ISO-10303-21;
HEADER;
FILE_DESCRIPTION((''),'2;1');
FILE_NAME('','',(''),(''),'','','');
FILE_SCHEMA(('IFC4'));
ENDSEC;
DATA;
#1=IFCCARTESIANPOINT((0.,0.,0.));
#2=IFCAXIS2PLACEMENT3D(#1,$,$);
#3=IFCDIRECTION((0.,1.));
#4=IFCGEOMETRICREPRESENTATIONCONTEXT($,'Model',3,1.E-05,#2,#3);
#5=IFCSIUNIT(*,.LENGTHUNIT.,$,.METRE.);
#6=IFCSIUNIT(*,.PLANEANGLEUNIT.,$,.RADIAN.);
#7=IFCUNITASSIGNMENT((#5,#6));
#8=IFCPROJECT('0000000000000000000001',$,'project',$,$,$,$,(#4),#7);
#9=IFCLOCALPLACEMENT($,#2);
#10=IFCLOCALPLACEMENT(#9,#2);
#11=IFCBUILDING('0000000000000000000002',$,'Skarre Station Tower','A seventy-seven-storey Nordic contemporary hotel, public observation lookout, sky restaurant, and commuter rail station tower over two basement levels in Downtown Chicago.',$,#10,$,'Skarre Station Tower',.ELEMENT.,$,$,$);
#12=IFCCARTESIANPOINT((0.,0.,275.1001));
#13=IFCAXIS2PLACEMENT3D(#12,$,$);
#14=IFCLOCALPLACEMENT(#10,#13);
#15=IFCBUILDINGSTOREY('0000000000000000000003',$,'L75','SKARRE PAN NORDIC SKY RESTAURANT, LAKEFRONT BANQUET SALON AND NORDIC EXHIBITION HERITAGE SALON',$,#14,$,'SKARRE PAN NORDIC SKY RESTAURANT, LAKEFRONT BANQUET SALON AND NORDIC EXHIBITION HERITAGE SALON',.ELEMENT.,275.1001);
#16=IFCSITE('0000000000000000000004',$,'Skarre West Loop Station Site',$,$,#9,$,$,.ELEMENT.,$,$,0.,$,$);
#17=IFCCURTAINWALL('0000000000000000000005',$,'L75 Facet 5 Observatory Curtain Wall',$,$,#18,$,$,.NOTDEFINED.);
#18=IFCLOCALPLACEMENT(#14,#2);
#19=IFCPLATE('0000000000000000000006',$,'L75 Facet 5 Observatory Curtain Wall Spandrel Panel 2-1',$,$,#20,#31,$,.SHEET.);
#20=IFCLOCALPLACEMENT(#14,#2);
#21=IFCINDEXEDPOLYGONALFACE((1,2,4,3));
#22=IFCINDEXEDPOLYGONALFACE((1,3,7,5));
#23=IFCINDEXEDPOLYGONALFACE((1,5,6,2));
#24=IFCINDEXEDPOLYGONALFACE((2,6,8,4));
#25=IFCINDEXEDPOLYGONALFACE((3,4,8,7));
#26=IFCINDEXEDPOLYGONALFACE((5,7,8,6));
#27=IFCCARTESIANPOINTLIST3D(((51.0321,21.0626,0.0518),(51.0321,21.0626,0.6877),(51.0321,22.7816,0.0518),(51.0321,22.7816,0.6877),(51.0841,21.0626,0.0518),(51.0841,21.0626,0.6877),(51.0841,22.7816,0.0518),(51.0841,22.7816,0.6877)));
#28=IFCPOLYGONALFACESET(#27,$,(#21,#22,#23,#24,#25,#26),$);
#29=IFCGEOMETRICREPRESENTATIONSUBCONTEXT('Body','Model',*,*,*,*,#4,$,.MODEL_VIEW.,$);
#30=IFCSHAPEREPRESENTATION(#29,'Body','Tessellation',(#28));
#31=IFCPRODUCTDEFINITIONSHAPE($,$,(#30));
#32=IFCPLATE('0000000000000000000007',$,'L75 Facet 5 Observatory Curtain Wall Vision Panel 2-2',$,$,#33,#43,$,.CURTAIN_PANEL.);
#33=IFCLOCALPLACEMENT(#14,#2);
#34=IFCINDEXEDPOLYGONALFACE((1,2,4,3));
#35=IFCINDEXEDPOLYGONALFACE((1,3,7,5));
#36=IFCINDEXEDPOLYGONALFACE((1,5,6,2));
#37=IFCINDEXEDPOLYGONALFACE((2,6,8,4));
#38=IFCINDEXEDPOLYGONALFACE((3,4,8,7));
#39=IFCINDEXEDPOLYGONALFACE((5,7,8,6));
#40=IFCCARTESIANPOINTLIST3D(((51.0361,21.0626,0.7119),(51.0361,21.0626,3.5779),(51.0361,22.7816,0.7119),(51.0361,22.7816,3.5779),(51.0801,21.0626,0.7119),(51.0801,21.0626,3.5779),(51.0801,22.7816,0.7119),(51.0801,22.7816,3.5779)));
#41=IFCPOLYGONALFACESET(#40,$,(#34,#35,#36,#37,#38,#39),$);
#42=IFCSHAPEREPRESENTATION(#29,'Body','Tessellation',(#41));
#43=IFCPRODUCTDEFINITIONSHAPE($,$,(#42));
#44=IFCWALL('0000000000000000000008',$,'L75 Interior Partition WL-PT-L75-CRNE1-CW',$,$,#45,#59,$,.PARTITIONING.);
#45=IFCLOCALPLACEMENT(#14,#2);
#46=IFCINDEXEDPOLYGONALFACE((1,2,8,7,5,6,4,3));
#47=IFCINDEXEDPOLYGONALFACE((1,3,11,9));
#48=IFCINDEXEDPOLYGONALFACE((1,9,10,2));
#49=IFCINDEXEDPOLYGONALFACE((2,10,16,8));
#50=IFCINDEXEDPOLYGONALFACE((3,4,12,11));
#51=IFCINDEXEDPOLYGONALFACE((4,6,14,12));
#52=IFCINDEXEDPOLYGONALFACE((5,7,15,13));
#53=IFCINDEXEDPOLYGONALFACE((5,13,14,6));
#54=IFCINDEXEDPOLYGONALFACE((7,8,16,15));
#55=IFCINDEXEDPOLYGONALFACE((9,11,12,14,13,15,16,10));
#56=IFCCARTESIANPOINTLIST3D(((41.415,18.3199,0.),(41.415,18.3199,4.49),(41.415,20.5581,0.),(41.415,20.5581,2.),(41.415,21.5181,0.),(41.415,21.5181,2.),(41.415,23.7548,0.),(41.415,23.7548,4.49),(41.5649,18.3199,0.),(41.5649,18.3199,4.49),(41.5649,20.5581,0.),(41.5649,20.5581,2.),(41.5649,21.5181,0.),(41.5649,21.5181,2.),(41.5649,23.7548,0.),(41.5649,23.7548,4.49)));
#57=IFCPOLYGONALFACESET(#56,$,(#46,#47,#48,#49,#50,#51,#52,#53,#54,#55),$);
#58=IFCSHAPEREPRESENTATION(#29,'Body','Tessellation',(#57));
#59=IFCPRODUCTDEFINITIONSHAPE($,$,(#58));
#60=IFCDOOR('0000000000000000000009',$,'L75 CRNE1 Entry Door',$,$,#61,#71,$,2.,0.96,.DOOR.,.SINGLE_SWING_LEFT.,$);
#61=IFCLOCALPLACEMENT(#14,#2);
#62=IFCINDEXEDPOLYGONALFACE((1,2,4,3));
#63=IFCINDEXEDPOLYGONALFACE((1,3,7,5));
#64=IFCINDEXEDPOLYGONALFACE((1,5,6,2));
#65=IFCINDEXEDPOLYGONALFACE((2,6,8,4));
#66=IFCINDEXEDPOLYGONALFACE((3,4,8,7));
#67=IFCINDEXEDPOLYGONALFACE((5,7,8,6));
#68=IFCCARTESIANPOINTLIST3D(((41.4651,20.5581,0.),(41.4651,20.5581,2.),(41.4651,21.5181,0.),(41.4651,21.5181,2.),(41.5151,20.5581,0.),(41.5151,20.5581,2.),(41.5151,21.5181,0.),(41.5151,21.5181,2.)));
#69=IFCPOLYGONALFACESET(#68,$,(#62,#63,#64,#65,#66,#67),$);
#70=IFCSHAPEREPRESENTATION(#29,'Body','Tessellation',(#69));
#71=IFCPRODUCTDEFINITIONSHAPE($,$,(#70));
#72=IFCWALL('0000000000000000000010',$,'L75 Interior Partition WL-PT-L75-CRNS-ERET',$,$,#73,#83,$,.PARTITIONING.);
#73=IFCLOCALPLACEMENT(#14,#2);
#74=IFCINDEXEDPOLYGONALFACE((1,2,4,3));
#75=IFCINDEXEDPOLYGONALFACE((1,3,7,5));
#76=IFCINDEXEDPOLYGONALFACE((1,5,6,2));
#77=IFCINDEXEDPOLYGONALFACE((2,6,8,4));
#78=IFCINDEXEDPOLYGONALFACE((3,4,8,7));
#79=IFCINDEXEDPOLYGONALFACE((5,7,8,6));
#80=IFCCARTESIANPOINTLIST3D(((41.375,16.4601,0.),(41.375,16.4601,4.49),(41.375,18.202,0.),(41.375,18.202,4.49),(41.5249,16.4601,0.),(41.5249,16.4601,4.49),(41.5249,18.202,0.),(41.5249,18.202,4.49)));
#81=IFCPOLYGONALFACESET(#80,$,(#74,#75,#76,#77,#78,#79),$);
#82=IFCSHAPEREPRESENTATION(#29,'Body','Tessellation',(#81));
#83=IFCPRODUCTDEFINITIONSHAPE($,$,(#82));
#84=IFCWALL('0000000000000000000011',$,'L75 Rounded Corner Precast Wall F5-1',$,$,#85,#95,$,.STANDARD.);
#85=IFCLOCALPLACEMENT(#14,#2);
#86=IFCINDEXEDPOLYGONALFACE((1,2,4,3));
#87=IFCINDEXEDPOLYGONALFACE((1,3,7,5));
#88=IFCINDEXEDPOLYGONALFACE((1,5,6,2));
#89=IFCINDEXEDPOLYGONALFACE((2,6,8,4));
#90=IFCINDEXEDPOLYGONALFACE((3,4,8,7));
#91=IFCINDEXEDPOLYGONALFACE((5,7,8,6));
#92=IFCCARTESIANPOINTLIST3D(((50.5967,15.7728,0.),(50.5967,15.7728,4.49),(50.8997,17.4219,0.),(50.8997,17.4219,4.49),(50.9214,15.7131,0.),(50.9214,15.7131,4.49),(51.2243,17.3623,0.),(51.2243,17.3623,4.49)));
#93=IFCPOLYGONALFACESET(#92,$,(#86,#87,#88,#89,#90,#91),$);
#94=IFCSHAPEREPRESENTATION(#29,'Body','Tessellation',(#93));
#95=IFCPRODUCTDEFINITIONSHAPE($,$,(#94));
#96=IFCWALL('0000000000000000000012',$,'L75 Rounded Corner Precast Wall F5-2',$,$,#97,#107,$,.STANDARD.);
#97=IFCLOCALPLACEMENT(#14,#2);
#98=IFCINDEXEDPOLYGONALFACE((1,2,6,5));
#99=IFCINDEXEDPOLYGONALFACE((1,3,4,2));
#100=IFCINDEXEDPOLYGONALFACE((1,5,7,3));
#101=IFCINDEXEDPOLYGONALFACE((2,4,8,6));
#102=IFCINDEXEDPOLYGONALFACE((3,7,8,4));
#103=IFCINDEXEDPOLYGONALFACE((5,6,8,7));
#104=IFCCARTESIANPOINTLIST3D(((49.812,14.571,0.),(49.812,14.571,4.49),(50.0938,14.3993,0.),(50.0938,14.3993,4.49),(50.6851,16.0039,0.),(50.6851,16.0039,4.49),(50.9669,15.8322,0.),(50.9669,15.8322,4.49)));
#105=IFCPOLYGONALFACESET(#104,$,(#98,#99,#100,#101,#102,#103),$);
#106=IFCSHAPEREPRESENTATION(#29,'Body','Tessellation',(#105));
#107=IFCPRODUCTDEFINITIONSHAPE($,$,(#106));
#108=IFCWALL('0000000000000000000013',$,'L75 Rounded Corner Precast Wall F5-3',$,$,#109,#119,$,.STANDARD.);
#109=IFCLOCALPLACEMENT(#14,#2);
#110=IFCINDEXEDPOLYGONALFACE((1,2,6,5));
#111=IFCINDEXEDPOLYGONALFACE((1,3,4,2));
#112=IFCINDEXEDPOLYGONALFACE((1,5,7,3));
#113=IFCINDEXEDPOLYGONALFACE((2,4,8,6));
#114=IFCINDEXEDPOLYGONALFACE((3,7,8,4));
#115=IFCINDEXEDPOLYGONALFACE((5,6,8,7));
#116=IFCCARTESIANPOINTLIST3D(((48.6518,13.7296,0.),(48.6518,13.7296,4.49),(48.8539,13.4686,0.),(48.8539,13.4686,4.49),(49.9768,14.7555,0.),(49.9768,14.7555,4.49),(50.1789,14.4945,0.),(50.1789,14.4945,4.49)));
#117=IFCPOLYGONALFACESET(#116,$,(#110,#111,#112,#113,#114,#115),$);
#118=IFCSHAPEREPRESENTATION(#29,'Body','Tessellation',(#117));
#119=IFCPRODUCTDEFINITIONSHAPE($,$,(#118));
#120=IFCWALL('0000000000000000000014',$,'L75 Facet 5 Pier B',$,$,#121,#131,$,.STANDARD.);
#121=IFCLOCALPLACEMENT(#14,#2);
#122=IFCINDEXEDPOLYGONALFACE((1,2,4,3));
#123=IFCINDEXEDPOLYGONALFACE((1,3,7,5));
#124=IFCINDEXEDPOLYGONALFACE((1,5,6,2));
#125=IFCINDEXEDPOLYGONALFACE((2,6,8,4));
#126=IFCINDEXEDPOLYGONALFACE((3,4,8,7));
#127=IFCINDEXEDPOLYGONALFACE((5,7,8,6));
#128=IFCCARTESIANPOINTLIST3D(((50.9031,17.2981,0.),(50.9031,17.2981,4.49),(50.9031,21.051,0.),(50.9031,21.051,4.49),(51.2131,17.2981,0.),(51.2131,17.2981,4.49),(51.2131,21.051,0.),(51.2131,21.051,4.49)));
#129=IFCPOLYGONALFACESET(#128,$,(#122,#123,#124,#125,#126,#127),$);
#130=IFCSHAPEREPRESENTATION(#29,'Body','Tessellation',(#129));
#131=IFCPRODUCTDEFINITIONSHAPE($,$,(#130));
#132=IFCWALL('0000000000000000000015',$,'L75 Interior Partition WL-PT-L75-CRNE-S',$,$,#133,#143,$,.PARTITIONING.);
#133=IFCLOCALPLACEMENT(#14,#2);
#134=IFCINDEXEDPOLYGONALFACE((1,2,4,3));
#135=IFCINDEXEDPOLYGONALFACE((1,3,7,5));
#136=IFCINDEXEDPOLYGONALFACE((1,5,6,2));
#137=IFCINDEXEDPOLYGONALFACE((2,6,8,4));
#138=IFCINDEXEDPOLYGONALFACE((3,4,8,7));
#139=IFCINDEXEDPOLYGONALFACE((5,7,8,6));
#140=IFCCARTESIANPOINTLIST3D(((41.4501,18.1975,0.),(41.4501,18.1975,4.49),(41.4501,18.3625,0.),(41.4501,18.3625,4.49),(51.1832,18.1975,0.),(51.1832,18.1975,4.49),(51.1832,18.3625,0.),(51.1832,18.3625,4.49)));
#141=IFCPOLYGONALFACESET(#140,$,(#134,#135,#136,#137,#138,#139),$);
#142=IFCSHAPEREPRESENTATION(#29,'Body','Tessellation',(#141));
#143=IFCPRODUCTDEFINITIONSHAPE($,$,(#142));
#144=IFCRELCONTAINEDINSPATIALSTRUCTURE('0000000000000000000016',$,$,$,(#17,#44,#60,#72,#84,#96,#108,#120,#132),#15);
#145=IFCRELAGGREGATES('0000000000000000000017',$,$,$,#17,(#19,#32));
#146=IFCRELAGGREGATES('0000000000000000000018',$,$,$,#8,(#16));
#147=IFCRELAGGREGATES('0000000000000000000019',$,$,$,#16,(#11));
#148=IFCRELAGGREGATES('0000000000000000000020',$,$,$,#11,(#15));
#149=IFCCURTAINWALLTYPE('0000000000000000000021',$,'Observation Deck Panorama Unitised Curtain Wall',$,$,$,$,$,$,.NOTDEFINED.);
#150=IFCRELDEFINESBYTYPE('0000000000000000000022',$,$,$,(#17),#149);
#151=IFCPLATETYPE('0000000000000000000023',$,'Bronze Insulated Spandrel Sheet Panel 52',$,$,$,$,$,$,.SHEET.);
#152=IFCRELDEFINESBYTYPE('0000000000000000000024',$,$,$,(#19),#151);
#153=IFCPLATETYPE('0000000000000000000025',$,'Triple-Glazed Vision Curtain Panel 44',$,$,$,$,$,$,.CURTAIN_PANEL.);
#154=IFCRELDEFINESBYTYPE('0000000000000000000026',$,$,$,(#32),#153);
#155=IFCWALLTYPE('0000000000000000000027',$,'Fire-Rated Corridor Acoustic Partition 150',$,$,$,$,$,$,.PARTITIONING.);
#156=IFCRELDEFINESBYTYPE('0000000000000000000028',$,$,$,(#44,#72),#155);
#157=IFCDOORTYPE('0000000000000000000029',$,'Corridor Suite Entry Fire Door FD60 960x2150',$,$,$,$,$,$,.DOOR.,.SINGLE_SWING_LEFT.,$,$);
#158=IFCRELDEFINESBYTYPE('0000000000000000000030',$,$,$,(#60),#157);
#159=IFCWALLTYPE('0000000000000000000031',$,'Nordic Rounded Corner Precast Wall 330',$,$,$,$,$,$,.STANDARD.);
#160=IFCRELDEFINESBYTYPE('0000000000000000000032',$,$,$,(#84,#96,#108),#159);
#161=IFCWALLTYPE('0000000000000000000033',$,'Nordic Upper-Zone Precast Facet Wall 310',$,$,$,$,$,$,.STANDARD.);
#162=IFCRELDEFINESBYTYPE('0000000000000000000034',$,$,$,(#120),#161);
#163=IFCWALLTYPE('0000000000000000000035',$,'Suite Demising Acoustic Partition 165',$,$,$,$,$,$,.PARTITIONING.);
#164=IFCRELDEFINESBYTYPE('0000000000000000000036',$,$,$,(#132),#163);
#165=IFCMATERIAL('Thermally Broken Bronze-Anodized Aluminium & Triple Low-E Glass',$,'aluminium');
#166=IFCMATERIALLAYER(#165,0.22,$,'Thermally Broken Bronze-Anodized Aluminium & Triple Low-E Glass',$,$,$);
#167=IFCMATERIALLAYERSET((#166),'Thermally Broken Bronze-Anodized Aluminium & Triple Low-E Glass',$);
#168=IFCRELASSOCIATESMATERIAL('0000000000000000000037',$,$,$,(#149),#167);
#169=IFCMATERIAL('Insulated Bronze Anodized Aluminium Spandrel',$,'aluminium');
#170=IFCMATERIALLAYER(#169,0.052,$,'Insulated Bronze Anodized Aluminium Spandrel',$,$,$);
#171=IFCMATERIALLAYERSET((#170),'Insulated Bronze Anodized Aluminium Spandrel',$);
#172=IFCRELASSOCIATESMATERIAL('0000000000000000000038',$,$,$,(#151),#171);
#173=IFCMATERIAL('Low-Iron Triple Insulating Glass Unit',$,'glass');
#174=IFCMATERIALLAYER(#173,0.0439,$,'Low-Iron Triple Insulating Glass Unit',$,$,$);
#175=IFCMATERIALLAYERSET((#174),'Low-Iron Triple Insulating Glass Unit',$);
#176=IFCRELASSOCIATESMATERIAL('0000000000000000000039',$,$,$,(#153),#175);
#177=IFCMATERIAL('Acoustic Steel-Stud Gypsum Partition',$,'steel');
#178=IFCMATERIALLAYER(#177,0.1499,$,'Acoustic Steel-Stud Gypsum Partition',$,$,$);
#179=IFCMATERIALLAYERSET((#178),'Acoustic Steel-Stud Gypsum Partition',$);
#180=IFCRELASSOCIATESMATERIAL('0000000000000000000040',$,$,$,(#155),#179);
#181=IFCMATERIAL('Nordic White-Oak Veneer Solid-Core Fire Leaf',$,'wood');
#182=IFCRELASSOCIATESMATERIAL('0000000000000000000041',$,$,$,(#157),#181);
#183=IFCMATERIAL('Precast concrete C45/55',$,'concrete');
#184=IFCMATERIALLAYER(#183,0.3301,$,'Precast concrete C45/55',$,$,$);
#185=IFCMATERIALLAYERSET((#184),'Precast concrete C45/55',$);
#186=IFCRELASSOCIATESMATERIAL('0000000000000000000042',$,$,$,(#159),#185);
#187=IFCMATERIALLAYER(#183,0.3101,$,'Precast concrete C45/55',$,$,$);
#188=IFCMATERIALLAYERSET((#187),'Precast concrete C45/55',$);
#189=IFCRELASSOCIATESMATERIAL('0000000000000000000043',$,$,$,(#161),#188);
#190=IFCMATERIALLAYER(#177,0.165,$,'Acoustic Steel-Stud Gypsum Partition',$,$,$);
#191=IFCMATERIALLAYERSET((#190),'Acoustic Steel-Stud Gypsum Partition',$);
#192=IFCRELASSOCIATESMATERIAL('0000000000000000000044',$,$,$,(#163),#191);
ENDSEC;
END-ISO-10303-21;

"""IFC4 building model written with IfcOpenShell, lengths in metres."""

from ifc_helpers import new_model, si_unit, direction, frame, frame_2d, origin, origin_2d, place, context, subcontext, project, spatial, rectangle, extrude, material, layer, layer_set, type_object, element, fill, aggregate, save


model = new_model("IFC4")

# Units and contexts
model_context = context("Model", 3, precision=1e-05, world=origin(), true_north=direction((0.0, 1.0)))
body_context = subcontext(model_context, "Body", "Model", "MODEL_VIEW")
ifc_project = project(units=[si_unit("LENGTHUNIT", "METRE"), si_unit("PLANEANGLEUNIT", "RADIAN")], contexts=[model_context])

# Site, building, storey
site_placement = place(None, origin())
site = spatial("IfcSite", under=ifc_project, at=site_placement, Name="Skarre West Loop Station Site", CompositionType="ELEMENT", RefElevation=0.0)
building_placement = place(site_placement, origin())
building = spatial("IfcBuilding", under=site, at=building_placement, Name="Skarre Station Tower", Description="A seventy-seven-storey Nordic contemporary hotel, public observation lookout, sky restaurant, and commuter rail station tower over two basement levels in Downtown Chicago.", LongName="Skarre Station Tower", CompositionType="ELEMENT")
storey_placement = place(building_placement, frame((0.0, 0.0, 275.1001)))
storey = spatial("IfcBuildingStorey", under=building, at=storey_placement, Name="L75", Description="SKARRE PAN NORDIC SKY RESTAURANT, LAKEFRONT BANQUET SALON AND NORDIC EXHIBITION HERITAGE SALON", LongName="SKARRE PAN NORDIC SKY RESTAURANT, LAKEFRONT BANQUET SALON AND NORDIC EXHIBITION HERITAGE SALON", CompositionType="ELEMENT", Elevation=275.1001)

# Curtain wall
ifc_material_1 = material(Name="Thermally Broken Bronze-Anodized Aluminium & Triple Low-E Glass", Category="aluminium")
ifc_layer_1 = layer(ifc_material_1, 0.22, Name="Thermally Broken Bronze-Anodized Aluminium & Triple Low-E Glass")
ifc_layer_set_1 = layer_set([ifc_layer_1], Name="Thermally Broken Bronze-Anodized Aluminium & Triple Low-E Glass")
curtain_wall_type = type_object("IfcCurtainWallType", Name="Observation Deck Panorama Unitised Curtain Wall", PredefinedType="NOTDEFINED", material=ifc_layer_set_1)
curtain_wall_placement = place(storey_placement, origin())
curtain_wall = element("IfcCurtainWall", 1, at=curtain_wall_placement, inside=storey, type_object=curtain_wall_type, Name="L75 Facet 5 Observatory Curtain Wall", PredefinedType="NOTDEFINED")

# Plates
ifc_material_2 = material(Name="Insulated Bronze Anodized Aluminium Spandrel", Category="aluminium")
ifc_layer_2 = layer(ifc_material_2, 0.052, Name="Insulated Bronze Anodized Aluminium Spandrel")
ifc_layer_set_2 = layer_set([ifc_layer_2], Name="Insulated Bronze Anodized Aluminium Spandrel")
plate_type_1 = type_object("IfcPlateType", Name="Bronze Insulated Spandrel Sheet Panel 52", PredefinedType="SHEET", material=ifc_layer_set_2)
plate_1_placement = place(storey_placement, frame((51.0581, 21.9221, 0.0518), z_axis=(0.0, 0.0, 1.0), x_axis=(0.0, -1.0, 0.0)))
plate_1 = element("IfcPlate", 2, at=plate_1_placement, type_object=plate_type_1, Name="L75 Facet 5 Observatory Curtain Wall Spandrel Panel 2-1", PredefinedType="SHEET", context=body_context, shape_type="SweptSolid", body=[
    extrude(rectangle(XDim=1.719, YDim=0.052, at=origin_2d()), origin(), (0.0, 0.0, 1.0), 0.636),
])
ifc_material_3 = material(Name="Low-Iron Triple Insulating Glass Unit", Category="glass")
ifc_layer_3 = layer(ifc_material_3, 0.0439, Name="Low-Iron Triple Insulating Glass Unit")
ifc_layer_set_3 = layer_set([ifc_layer_3], Name="Low-Iron Triple Insulating Glass Unit")
plate_type_2 = type_object("IfcPlateType", Name="Triple-Glazed Vision Curtain Panel 44", PredefinedType="CURTAIN_PANEL", material=ifc_layer_set_3)
plate_2_placement = place(storey_placement, frame((51.0581, 21.9221, 0.7119), z_axis=(0.0, 0.0, 1.0), x_axis=(0.0, -1.0, 0.0)))
plate_2 = element("IfcPlate", 3, at=plate_2_placement, type_object=plate_type_2, Name="L75 Facet 5 Observatory Curtain Wall Vision Panel 2-2", PredefinedType="CURTAIN_PANEL", context=body_context, shape_type="SweptSolid", body=[
    extrude(rectangle(XDim=1.719, YDim=0.0439, at=origin_2d()), origin(), (0.0, 0.0, 1.0), 2.866),
])
aggregate(curtain_wall, [plate_1, plate_2])

# Wall, opening, door
ifc_material_4 = material(Name="Acoustic Steel-Stud Gypsum Partition", Category="steel")
ifc_layer_4 = layer(ifc_material_4, 0.1499, Name="Acoustic Steel-Stud Gypsum Partition")
ifc_layer_set_4 = layer_set([ifc_layer_4], Name="Acoustic Steel-Stud Gypsum Partition")
wall_type_1 = type_object("IfcWallType", Name="Fire-Rated Corridor Acoustic Partition 150", PredefinedType="PARTITIONING", material=ifc_layer_set_4)
wall_1_placement = place(storey_placement, frame((41.49, 18.3201, 0.0), z_axis=(0.0, 0.0, 1.0), x_axis=(0.0, 1.0, 0.0)))
wall_1 = element("IfcWall", 4, at=wall_1_placement, inside=storey, type_object=wall_type_1, Name="L75 Interior Partition WL-PT-L75-CRNE1-CW", PredefinedType="PARTITIONING", context=body_context, shape_type="SweptSolid", body=[
    extrude(rectangle(XDim=5.4348, YDim=0.1499, at=frame_2d((2.7173, 0.0))), origin(), (0.0, 0.0, 1.0), 4.49),
])
opening_placement = place(wall_1_placement, frame((2.238, 0.0, 0.0)))
opening = element("IfcOpeningElement", 5, at=opening_placement, cuts=wall_1, PredefinedType="OPENING", context=body_context, shape_type="SweptSolid", body=[
    extrude(rectangle(XDim=0.96, YDim=2.0, at=frame_2d((0.48, 1.0))), frame((0.0, 0.085, 0.0), z_axis=(0.0, -1.0, 0.0), x_axis=(1.0, 0.0, 0.0)), (0.0, 0.0, 1.0), 0.1699),
])
ifc_material_5 = material(Name="Nordic White-Oak Veneer Solid-Core Fire Leaf", Category="wood")
door_type = type_object("IfcDoorType", Name="Corridor Suite Entry Fire Door FD60 960x2150", OperationType="SINGLE_SWING_LEFT", PredefinedType="DOOR", material=ifc_material_5)
door_placement = place(opening_placement, origin())
door = element("IfcDoor", 6, at=door_placement, inside=storey, type_object=door_type, Name="L75 CRNE1 Entry Door", OperationType="SINGLE_SWING_LEFT", OverallHeight=2.0, OverallWidth=0.96, PredefinedType="DOOR", context=body_context, shape_type="SweptSolid", body=[
    extrude(rectangle(XDim=0.96, YDim=2.0, at=frame_2d((0.48, 1.0))), frame((0.0, 0.0249, 0.0), z_axis=(0.0, -1.0, 0.0), x_axis=(1.0, 0.0, 0.0)), (0.0, 0.0, 1.0), 0.05),
])
fill(opening, door)

# Walls
wall_2_placement = place(storey_placement, frame((41.45, 16.46, 0.0), z_axis=(0.0, 0.0, 1.0), x_axis=(0.0, 1.0, 0.0)))
element("IfcWall", 7, at=wall_2_placement, inside=storey, type_object=wall_type_1, Name="L75 Interior Partition WL-PT-L75-CRNS-ERET", PredefinedType="PARTITIONING", context=body_context, shape_type="SweptSolid", body=[
    extrude(rectangle(XDim=1.7419, YDim=0.1499, at=frame_2d((0.8711, 0.0))), origin(), (0.0, 0.0, 1.0), 4.49),
])
ifc_material_6 = material(Name="Precast concrete C45/55", Category="concrete")
ifc_layer_5 = layer(ifc_material_6, 0.3301, Name="Precast concrete C45/55")
ifc_layer_set_5 = layer_set([ifc_layer_5], Name="Precast concrete C45/55")
wall_type_2 = type_object("IfcWallType", Name="Nordic Rounded Corner Precast Wall 330", PredefinedType="STANDARD", material=ifc_layer_set_5)
wall_3_placement = place(storey_placement, frame((51.062, 17.3921, 0.0), z_axis=(0.0, 0.0, 1.0), x_axis=(-0.180692, -0.98354, 0.0)))
element("IfcWall", 8, at=wall_3_placement, inside=storey, type_object=wall_type_2, Name="L75 Rounded Corner Precast Wall F5-1", PredefinedType="STANDARD", context=body_context, shape_type="SweptSolid", body=[
    extrude(rectangle(XDim=1.6768, YDim=0.3301, at=frame_2d((0.8384, 0.0))), origin(), (0.0, 0.0, 1.0), 4.49),
])
wall_4_placement = place(storey_placement, frame((50.8259, 15.918, 0.0), z_axis=(0.0, 0.0, 1.0), x_axis=(-0.520325, -0.853968, 0.0)))
element("IfcWall", 9, at=wall_4_placement, inside=storey, type_object=wall_type_2, Name="L75 Rounded Corner Precast Wall F5-2", PredefinedType="STANDARD", context=body_context, shape_type="SweptSolid", body=[
    extrude(rectangle(XDim=1.678, YDim=0.3301, at=frame_2d((0.8389, 0.0))), origin(), (0.0, 0.0, 1.0), 4.49),
])
wall_5_placement = place(storey_placement, frame((50.0779, 14.625, 0.0), z_axis=(0.0, 0.0, 1.0), x_axis=(-0.790692, -0.612214, 0.0)))
element("IfcWall", 10, at=wall_5_placement, inside=storey, type_object=wall_type_2, Name="L75 Rounded Corner Precast Wall F5-3", PredefinedType="STANDARD", context=body_context, shape_type="SweptSolid", body=[
    extrude(rectangle(XDim=1.6758, YDim=0.3301, at=frame_2d((0.8379, 0.0))), origin(), (0.0, 0.0, 1.0), 4.49),
])
ifc_layer_6 = layer(ifc_material_6, 0.3101, Name="Precast concrete C45/55")
ifc_layer_set_6 = layer_set([ifc_layer_6], Name="Precast concrete C45/55")
wall_type_3 = type_object("IfcWallType", Name="Nordic Upper-Zone Precast Facet Wall 310", PredefinedType="STANDARD", material=ifc_layer_set_6)
wall_6_placement = place(storey_placement, frame((51.0581, 21.051, 0.0), z_axis=(0.0, 0.0, 1.0), x_axis=(0.0, -1.0, 0.0)))
element("IfcWall", 11, at=wall_6_placement, inside=storey, type_object=wall_type_3, Name="L75 Facet 5 Pier B", PredefinedType="STANDARD", context=body_context, shape_type="SweptSolid", body=[
    extrude(rectangle(XDim=3.7529, YDim=0.3101, at=frame_2d((1.8765, 0.0))), origin(), (0.0, 0.0, 1.0), 4.49),
])
ifc_layer_7 = layer(ifc_material_4, 0.165, Name="Acoustic Steel-Stud Gypsum Partition")
ifc_layer_set_7 = layer_set([ifc_layer_7], Name="Acoustic Steel-Stud Gypsum Partition")
wall_type_4 = type_object("IfcWallType", Name="Suite Demising Acoustic Partition 165", PredefinedType="PARTITIONING", material=ifc_layer_set_7)
wall_7_placement = place(storey_placement, frame((41.45, 18.28, 0.0), z_axis=(0.0, 0.0, 1.0), x_axis=(1.0, 0.0, 0.0)))
element("IfcWall", 12, at=wall_7_placement, inside=storey, type_object=wall_type_4, Name="L75 Interior Partition WL-PT-L75-CRNE-S", PredefinedType="PARTITIONING", context=body_context, shape_type="SweptSolid", body=[
    extrude(rectangle(XDim=9.7332, YDim=0.165, at=frame_2d((4.8667, 0.0))), origin(), (0.0, 0.0, 1.0), 4.49),
])

save(model, "model.ifc")
